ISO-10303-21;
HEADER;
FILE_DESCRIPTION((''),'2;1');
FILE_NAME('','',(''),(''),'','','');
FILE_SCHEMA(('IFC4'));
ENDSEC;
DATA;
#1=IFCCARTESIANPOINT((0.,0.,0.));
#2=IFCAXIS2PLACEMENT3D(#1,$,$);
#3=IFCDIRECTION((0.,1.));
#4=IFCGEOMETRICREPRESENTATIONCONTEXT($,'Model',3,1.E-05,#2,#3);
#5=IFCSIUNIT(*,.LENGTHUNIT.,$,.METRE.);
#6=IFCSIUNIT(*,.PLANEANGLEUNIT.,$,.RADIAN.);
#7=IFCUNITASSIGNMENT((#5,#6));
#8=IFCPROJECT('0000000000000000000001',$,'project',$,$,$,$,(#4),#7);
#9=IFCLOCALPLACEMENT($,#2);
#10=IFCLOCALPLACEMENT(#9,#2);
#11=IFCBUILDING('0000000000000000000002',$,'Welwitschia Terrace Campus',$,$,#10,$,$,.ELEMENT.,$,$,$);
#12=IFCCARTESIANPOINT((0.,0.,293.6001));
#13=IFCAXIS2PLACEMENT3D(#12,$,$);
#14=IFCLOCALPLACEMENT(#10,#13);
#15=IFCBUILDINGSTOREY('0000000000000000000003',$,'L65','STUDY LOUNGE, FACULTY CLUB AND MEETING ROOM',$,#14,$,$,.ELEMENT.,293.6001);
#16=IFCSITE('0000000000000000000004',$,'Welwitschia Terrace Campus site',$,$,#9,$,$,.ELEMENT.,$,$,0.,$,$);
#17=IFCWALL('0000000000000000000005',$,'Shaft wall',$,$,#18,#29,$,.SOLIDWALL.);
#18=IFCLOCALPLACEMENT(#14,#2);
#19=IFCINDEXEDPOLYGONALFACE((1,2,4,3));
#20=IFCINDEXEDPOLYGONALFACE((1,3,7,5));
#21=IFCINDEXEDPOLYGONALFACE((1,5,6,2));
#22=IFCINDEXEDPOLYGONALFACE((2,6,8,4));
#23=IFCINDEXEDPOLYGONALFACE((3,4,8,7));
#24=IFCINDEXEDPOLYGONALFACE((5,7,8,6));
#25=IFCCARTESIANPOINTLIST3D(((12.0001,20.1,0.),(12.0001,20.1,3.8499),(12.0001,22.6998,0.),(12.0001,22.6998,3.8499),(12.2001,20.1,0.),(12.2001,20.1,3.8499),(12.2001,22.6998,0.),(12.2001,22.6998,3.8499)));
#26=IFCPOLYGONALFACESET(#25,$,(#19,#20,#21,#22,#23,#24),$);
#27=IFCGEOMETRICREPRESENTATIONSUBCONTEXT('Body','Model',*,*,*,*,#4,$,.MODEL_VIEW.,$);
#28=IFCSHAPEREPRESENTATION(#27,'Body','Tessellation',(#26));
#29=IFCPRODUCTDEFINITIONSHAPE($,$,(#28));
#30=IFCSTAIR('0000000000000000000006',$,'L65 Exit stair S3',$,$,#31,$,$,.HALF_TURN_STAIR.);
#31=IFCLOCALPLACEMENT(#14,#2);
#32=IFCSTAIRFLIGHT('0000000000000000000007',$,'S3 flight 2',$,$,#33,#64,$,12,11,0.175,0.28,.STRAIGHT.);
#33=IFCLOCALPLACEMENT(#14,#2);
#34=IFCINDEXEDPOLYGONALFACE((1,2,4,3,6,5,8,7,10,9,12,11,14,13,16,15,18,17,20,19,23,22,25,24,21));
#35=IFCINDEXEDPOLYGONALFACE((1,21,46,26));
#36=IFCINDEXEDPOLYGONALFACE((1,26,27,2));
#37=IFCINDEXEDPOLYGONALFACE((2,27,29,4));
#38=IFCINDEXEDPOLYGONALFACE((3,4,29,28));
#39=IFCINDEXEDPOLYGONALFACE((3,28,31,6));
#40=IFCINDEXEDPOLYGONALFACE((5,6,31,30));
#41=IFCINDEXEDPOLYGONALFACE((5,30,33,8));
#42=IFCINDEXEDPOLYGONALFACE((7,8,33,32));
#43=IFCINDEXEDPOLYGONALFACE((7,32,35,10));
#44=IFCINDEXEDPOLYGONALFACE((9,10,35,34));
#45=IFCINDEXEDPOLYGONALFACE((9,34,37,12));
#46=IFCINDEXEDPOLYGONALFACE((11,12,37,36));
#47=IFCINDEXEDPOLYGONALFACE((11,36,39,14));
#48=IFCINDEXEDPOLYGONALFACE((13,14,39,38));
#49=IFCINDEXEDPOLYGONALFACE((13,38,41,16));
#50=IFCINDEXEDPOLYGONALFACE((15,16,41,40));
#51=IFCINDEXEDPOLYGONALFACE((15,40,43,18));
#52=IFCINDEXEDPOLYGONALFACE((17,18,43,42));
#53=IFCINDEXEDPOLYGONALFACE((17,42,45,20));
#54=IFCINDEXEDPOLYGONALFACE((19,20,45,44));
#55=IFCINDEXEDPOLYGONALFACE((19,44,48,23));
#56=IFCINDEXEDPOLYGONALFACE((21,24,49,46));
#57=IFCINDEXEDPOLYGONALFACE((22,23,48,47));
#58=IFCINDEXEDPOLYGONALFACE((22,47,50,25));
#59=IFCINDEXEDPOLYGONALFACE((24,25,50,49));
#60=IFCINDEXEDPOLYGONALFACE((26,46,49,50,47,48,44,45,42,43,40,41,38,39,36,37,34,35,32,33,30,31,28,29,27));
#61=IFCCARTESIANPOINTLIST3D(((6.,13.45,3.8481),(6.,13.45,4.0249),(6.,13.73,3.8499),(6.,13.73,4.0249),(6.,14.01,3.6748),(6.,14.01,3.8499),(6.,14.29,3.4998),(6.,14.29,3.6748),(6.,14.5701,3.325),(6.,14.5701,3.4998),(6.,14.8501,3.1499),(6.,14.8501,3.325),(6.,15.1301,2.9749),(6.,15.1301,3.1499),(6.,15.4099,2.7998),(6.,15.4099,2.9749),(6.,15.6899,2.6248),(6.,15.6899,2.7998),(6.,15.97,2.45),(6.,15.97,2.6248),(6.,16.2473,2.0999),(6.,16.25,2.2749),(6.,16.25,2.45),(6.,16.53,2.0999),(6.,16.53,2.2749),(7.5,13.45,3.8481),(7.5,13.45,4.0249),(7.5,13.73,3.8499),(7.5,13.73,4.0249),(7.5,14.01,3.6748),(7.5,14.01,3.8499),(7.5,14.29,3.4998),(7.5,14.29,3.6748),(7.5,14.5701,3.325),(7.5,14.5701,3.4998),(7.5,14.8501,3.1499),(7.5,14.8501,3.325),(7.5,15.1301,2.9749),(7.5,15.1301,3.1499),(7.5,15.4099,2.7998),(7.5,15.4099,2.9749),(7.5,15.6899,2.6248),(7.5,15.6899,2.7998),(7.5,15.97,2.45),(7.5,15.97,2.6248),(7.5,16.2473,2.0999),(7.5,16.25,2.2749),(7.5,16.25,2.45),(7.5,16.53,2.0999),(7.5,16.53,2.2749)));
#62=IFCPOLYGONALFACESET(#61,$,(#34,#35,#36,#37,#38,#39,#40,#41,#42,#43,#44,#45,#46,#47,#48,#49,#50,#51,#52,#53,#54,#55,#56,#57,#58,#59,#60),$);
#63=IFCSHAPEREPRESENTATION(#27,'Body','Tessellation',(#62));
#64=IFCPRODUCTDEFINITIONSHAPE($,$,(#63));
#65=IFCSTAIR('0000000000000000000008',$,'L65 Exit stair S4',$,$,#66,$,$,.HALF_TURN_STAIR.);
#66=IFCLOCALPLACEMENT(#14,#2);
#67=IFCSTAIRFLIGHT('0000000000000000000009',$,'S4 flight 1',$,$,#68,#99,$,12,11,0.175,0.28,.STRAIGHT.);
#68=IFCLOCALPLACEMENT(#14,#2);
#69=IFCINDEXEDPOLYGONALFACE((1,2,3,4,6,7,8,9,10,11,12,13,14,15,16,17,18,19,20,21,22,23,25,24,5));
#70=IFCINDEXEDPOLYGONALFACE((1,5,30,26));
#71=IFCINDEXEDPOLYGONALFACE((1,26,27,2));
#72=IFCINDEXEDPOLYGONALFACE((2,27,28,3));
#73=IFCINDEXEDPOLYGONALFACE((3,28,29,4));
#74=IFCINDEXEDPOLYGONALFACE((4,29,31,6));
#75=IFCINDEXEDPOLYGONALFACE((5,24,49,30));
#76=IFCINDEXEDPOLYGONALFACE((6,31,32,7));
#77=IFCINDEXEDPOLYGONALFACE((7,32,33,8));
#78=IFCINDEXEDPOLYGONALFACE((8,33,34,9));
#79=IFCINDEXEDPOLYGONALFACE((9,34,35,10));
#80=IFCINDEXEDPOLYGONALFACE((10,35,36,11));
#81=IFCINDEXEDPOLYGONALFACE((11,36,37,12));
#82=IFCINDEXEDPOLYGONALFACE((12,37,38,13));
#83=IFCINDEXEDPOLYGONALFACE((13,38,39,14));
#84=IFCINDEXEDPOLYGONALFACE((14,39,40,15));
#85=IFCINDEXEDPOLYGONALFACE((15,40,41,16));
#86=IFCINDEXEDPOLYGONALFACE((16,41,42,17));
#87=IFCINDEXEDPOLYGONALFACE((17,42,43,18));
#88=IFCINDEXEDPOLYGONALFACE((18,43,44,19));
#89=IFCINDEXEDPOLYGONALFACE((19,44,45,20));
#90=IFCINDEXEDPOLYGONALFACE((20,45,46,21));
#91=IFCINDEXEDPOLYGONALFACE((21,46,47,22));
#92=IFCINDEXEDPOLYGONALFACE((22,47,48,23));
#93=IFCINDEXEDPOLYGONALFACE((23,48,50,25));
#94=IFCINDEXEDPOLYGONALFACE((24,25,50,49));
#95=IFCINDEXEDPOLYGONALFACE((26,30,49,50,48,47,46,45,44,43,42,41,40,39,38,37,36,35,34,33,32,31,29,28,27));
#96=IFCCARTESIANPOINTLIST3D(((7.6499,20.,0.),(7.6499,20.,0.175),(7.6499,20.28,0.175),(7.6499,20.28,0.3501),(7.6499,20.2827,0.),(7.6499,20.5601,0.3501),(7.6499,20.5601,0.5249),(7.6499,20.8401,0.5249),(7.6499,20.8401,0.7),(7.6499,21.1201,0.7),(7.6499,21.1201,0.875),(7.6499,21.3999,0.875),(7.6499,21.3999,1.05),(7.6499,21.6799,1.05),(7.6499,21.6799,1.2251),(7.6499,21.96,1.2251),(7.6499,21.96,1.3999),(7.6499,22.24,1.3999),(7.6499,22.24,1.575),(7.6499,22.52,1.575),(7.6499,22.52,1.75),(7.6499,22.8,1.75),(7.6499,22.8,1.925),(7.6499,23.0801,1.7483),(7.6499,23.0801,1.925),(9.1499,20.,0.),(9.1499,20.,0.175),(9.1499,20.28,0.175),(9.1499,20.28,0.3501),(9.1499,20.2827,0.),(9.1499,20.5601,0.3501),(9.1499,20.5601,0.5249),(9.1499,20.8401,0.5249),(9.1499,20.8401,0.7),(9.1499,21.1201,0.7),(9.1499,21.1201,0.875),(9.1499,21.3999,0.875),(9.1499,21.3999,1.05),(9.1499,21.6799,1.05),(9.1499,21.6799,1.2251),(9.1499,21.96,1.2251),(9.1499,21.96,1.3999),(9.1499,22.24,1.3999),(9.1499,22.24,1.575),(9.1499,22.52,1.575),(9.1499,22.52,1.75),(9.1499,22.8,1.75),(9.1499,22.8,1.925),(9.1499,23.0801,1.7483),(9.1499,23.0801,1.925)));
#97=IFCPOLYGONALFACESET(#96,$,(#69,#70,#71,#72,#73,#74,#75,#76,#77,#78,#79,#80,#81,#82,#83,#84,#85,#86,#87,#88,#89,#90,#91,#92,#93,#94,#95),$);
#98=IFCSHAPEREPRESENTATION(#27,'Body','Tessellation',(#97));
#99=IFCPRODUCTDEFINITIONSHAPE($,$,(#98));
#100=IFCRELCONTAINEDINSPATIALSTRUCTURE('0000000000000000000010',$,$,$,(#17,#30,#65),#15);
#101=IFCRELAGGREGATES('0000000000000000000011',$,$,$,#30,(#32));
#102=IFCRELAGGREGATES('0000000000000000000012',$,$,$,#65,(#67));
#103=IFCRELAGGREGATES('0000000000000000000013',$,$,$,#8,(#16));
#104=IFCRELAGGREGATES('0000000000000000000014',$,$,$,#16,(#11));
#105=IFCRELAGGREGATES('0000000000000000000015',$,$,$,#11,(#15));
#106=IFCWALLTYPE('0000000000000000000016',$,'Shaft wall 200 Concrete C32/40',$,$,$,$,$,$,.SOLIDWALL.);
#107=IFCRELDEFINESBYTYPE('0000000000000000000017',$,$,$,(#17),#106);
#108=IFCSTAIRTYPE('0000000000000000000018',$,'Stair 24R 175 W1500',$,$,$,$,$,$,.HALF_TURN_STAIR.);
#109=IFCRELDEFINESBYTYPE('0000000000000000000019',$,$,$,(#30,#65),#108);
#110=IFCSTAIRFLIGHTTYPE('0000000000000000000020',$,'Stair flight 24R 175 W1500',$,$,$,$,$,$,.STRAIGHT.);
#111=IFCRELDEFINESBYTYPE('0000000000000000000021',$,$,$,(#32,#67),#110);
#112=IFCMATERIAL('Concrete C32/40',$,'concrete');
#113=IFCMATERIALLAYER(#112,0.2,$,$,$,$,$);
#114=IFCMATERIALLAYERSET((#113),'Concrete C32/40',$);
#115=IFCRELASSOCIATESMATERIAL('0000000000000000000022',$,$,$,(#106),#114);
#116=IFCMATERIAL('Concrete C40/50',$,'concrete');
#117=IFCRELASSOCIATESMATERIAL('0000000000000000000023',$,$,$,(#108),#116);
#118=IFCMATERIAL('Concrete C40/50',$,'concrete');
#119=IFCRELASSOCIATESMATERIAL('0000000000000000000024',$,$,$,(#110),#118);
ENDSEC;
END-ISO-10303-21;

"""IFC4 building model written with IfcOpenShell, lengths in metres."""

from ifc_helpers import new_model, si_unit, direction, frame, frame_2d, origin, place, context, subcontext, project, spatial, polyline, rectangle, outline, extrude, material, layer, layer_set, type_object, element, aggregate, save


model = new_model("IFC4")

# Units and contexts
model_context = context("Model", 3, precision=1e-05, world=origin(), true_north=direction((0.0, 1.0)))
body_context = subcontext(model_context, "Body", "Model", "MODEL_VIEW")
ifc_project = project(units=[si_unit("LENGTHUNIT", "METRE"), si_unit("PLANEANGLEUNIT", "RADIAN")], contexts=[model_context])

# Site, building, storey
site_placement = place(None, origin())
site = spatial("IfcSite", under=ifc_project, at=site_placement, Name="Welwitschia Terrace Campus site", CompositionType="ELEMENT", RefElevation=0.0)
building_placement = place(site_placement, origin())
building = spatial("IfcBuilding", under=site, at=building_placement, Name="Welwitschia Terrace Campus", CompositionType="ELEMENT")
storey_placement = place(building_placement, frame((0.0, 0.0, 293.6001)))
storey = spatial("IfcBuildingStorey", under=building, at=storey_placement, Name="L65", Description="STUDY LOUNGE, FACULTY CLUB AND MEETING ROOM", CompositionType="ELEMENT", Elevation=293.6001)

# Wall
ifc_material_1 = material(Name="Concrete C32/40", Category="concrete")
ifc_layer_1 = layer(ifc_material_1, 0.2)
ifc_layer_set_1 = layer_set([ifc_layer_1], Name="Concrete C32/40")
wall_type_1 = type_object("IfcWallType", Name="Shaft wall 200 Concrete C32/40", PredefinedType="SOLIDWALL", material=ifc_layer_set_1)
wall_1_placement = place(storey_placement, frame((12.1001, 20.1001, 0.0), z_axis=(0.0, 0.0, 1.0), x_axis=(0.0, 1.0, 0.0)))
element("IfcWall", 1, at=wall_1_placement, inside=storey, type_object=wall_type_1, Name="Shaft wall", PredefinedType="SOLIDWALL", context=body_context, shape_type="SweptSolid", body=[
    extrude(rectangle(XDim=2.5999, YDim=0.2, at=frame_2d((1.2998, 0.0))), origin(), (0.0, 0.0, 1.0), 3.8499),
])

# Stairs, stair flights
ifc_material_2 = material(Name="Concrete C40/50", Category="concrete")
stair_type = type_object("IfcStairType", Name="Stair 24R 175 W1500", PredefinedType="HALF_TURN_STAIR", material=ifc_material_2)
stair_1_placement = place(storey_placement, origin())
stair_1 = element("IfcStair", 2, at=stair_1_placement, inside=storey, type_object=stair_type, Name="L65 Exit stair S3", PredefinedType="HALF_TURN_STAIR")
ifc_material_3 = material(Name="Concrete C40/50", Category="concrete")
stair_flight_type = type_object("IfcStairFlightType", Name="Stair flight 24R 175 W1500", PredefinedType="STRAIGHT", material=ifc_material_3)
stair_flight_1_placement = place(storey_placement, frame((6.75, 16.53, 2.0999), z_axis=(0.0, 0.0, 1.0), x_axis=(0.0, -1.0, 0.0)))
stair_flight_1 = element("IfcStairFlight", 3, at=stair_flight_1_placement, type_object=stair_flight_type, Name="S3 flight 2", NumberOfRisers=12, NumberOfTreads=11, PredefinedType="STRAIGHT", RiserHeight=0.175, TreadLength=0.28, context=body_context, shape_type="SweptSolid", body=[
    extrude(outline(polyline([(0.0, 0.0), (0.0, 0.175), (0.28, 0.175), (0.28, 0.3501), (0.5601, 0.3501), (0.5601, 0.5249), (0.8401, 0.5249), (0.8401, 0.7), (1.1201, 0.7), (1.1201, 0.875), (1.3999, 0.875), (1.3999, 1.05), (1.6799, 1.05), (1.6799, 1.2251), (1.96, 1.2251), (1.96, 1.3999), (2.24, 1.3999), (2.24, 1.575), (2.52, 1.575), (2.52, 1.75), (2.8, 1.75), (2.8, 1.925), (3.0801, 1.925), (3.0801, 2.1001), (3.0801, 1.7483), (0.2827, 0.0), (0.0, 0.0)])), frame((0.0, 0.75, 0.0), z_axis=(0.0, -1.0, 0.0), x_axis=(1.0, 0.0, 0.0)), (0.0, 0.0, 1.0), 1.5),
])
aggregate(stair_1, [stair_flight_1])
stair_2_placement = place(storey_placement, origin())
stair_2 = element("IfcStair", 4, at=stair_2_placement, inside=storey, type_object=stair_type, Name="L65 Exit stair S4", PredefinedType="HALF_TURN_STAIR")
stair_flight_2_placement = place(storey_placement, frame((8.3999, 20.0, 0.0), z_axis=(0.0, 0.0, 1.0), x_axis=(0.0, 1.0, 0.0)))
stair_flight_2 = element("IfcStairFlight", 5, at=stair_flight_2_placement, type_object=stair_flight_type, Name="S4 flight 1", NumberOfRisers=12, NumberOfTreads=11, PredefinedType="STRAIGHT", RiserHeight=0.175, TreadLength=0.28, context=body_context, shape_type="SweptSolid", body=[
    extrude(outline(polyline([(0.0, 0.0), (0.0, 0.175), (0.28, 0.175), (0.28, 0.3501), (0.5601, 0.3501), (0.5601, 0.5249), (0.8401, 0.5249), (0.8401, 0.7), (1.1201, 0.7), (1.1201, 0.875), (1.3999, 0.875), (1.3999, 1.05), (1.6799, 1.05), (1.6799, 1.2251), (1.96, 1.2251), (1.96, 1.3999), (2.24, 1.3999), (2.24, 1.575), (2.52, 1.575), (2.52, 1.75), (2.8, 1.75), (2.8, 1.925), (3.0801, 1.925), (3.0801, 2.1001), (3.0801, 1.7483), (0.2827, 0.0), (0.0, 0.0)])), frame((0.0, 0.75, 0.0), z_axis=(0.0, -1.0, 0.0), x_axis=(1.0, 0.0, 0.0)), (0.0, 0.0, 1.0), 1.5),
])
aggregate(stair_2, [stair_flight_2])

save(model, "model.ifc")
